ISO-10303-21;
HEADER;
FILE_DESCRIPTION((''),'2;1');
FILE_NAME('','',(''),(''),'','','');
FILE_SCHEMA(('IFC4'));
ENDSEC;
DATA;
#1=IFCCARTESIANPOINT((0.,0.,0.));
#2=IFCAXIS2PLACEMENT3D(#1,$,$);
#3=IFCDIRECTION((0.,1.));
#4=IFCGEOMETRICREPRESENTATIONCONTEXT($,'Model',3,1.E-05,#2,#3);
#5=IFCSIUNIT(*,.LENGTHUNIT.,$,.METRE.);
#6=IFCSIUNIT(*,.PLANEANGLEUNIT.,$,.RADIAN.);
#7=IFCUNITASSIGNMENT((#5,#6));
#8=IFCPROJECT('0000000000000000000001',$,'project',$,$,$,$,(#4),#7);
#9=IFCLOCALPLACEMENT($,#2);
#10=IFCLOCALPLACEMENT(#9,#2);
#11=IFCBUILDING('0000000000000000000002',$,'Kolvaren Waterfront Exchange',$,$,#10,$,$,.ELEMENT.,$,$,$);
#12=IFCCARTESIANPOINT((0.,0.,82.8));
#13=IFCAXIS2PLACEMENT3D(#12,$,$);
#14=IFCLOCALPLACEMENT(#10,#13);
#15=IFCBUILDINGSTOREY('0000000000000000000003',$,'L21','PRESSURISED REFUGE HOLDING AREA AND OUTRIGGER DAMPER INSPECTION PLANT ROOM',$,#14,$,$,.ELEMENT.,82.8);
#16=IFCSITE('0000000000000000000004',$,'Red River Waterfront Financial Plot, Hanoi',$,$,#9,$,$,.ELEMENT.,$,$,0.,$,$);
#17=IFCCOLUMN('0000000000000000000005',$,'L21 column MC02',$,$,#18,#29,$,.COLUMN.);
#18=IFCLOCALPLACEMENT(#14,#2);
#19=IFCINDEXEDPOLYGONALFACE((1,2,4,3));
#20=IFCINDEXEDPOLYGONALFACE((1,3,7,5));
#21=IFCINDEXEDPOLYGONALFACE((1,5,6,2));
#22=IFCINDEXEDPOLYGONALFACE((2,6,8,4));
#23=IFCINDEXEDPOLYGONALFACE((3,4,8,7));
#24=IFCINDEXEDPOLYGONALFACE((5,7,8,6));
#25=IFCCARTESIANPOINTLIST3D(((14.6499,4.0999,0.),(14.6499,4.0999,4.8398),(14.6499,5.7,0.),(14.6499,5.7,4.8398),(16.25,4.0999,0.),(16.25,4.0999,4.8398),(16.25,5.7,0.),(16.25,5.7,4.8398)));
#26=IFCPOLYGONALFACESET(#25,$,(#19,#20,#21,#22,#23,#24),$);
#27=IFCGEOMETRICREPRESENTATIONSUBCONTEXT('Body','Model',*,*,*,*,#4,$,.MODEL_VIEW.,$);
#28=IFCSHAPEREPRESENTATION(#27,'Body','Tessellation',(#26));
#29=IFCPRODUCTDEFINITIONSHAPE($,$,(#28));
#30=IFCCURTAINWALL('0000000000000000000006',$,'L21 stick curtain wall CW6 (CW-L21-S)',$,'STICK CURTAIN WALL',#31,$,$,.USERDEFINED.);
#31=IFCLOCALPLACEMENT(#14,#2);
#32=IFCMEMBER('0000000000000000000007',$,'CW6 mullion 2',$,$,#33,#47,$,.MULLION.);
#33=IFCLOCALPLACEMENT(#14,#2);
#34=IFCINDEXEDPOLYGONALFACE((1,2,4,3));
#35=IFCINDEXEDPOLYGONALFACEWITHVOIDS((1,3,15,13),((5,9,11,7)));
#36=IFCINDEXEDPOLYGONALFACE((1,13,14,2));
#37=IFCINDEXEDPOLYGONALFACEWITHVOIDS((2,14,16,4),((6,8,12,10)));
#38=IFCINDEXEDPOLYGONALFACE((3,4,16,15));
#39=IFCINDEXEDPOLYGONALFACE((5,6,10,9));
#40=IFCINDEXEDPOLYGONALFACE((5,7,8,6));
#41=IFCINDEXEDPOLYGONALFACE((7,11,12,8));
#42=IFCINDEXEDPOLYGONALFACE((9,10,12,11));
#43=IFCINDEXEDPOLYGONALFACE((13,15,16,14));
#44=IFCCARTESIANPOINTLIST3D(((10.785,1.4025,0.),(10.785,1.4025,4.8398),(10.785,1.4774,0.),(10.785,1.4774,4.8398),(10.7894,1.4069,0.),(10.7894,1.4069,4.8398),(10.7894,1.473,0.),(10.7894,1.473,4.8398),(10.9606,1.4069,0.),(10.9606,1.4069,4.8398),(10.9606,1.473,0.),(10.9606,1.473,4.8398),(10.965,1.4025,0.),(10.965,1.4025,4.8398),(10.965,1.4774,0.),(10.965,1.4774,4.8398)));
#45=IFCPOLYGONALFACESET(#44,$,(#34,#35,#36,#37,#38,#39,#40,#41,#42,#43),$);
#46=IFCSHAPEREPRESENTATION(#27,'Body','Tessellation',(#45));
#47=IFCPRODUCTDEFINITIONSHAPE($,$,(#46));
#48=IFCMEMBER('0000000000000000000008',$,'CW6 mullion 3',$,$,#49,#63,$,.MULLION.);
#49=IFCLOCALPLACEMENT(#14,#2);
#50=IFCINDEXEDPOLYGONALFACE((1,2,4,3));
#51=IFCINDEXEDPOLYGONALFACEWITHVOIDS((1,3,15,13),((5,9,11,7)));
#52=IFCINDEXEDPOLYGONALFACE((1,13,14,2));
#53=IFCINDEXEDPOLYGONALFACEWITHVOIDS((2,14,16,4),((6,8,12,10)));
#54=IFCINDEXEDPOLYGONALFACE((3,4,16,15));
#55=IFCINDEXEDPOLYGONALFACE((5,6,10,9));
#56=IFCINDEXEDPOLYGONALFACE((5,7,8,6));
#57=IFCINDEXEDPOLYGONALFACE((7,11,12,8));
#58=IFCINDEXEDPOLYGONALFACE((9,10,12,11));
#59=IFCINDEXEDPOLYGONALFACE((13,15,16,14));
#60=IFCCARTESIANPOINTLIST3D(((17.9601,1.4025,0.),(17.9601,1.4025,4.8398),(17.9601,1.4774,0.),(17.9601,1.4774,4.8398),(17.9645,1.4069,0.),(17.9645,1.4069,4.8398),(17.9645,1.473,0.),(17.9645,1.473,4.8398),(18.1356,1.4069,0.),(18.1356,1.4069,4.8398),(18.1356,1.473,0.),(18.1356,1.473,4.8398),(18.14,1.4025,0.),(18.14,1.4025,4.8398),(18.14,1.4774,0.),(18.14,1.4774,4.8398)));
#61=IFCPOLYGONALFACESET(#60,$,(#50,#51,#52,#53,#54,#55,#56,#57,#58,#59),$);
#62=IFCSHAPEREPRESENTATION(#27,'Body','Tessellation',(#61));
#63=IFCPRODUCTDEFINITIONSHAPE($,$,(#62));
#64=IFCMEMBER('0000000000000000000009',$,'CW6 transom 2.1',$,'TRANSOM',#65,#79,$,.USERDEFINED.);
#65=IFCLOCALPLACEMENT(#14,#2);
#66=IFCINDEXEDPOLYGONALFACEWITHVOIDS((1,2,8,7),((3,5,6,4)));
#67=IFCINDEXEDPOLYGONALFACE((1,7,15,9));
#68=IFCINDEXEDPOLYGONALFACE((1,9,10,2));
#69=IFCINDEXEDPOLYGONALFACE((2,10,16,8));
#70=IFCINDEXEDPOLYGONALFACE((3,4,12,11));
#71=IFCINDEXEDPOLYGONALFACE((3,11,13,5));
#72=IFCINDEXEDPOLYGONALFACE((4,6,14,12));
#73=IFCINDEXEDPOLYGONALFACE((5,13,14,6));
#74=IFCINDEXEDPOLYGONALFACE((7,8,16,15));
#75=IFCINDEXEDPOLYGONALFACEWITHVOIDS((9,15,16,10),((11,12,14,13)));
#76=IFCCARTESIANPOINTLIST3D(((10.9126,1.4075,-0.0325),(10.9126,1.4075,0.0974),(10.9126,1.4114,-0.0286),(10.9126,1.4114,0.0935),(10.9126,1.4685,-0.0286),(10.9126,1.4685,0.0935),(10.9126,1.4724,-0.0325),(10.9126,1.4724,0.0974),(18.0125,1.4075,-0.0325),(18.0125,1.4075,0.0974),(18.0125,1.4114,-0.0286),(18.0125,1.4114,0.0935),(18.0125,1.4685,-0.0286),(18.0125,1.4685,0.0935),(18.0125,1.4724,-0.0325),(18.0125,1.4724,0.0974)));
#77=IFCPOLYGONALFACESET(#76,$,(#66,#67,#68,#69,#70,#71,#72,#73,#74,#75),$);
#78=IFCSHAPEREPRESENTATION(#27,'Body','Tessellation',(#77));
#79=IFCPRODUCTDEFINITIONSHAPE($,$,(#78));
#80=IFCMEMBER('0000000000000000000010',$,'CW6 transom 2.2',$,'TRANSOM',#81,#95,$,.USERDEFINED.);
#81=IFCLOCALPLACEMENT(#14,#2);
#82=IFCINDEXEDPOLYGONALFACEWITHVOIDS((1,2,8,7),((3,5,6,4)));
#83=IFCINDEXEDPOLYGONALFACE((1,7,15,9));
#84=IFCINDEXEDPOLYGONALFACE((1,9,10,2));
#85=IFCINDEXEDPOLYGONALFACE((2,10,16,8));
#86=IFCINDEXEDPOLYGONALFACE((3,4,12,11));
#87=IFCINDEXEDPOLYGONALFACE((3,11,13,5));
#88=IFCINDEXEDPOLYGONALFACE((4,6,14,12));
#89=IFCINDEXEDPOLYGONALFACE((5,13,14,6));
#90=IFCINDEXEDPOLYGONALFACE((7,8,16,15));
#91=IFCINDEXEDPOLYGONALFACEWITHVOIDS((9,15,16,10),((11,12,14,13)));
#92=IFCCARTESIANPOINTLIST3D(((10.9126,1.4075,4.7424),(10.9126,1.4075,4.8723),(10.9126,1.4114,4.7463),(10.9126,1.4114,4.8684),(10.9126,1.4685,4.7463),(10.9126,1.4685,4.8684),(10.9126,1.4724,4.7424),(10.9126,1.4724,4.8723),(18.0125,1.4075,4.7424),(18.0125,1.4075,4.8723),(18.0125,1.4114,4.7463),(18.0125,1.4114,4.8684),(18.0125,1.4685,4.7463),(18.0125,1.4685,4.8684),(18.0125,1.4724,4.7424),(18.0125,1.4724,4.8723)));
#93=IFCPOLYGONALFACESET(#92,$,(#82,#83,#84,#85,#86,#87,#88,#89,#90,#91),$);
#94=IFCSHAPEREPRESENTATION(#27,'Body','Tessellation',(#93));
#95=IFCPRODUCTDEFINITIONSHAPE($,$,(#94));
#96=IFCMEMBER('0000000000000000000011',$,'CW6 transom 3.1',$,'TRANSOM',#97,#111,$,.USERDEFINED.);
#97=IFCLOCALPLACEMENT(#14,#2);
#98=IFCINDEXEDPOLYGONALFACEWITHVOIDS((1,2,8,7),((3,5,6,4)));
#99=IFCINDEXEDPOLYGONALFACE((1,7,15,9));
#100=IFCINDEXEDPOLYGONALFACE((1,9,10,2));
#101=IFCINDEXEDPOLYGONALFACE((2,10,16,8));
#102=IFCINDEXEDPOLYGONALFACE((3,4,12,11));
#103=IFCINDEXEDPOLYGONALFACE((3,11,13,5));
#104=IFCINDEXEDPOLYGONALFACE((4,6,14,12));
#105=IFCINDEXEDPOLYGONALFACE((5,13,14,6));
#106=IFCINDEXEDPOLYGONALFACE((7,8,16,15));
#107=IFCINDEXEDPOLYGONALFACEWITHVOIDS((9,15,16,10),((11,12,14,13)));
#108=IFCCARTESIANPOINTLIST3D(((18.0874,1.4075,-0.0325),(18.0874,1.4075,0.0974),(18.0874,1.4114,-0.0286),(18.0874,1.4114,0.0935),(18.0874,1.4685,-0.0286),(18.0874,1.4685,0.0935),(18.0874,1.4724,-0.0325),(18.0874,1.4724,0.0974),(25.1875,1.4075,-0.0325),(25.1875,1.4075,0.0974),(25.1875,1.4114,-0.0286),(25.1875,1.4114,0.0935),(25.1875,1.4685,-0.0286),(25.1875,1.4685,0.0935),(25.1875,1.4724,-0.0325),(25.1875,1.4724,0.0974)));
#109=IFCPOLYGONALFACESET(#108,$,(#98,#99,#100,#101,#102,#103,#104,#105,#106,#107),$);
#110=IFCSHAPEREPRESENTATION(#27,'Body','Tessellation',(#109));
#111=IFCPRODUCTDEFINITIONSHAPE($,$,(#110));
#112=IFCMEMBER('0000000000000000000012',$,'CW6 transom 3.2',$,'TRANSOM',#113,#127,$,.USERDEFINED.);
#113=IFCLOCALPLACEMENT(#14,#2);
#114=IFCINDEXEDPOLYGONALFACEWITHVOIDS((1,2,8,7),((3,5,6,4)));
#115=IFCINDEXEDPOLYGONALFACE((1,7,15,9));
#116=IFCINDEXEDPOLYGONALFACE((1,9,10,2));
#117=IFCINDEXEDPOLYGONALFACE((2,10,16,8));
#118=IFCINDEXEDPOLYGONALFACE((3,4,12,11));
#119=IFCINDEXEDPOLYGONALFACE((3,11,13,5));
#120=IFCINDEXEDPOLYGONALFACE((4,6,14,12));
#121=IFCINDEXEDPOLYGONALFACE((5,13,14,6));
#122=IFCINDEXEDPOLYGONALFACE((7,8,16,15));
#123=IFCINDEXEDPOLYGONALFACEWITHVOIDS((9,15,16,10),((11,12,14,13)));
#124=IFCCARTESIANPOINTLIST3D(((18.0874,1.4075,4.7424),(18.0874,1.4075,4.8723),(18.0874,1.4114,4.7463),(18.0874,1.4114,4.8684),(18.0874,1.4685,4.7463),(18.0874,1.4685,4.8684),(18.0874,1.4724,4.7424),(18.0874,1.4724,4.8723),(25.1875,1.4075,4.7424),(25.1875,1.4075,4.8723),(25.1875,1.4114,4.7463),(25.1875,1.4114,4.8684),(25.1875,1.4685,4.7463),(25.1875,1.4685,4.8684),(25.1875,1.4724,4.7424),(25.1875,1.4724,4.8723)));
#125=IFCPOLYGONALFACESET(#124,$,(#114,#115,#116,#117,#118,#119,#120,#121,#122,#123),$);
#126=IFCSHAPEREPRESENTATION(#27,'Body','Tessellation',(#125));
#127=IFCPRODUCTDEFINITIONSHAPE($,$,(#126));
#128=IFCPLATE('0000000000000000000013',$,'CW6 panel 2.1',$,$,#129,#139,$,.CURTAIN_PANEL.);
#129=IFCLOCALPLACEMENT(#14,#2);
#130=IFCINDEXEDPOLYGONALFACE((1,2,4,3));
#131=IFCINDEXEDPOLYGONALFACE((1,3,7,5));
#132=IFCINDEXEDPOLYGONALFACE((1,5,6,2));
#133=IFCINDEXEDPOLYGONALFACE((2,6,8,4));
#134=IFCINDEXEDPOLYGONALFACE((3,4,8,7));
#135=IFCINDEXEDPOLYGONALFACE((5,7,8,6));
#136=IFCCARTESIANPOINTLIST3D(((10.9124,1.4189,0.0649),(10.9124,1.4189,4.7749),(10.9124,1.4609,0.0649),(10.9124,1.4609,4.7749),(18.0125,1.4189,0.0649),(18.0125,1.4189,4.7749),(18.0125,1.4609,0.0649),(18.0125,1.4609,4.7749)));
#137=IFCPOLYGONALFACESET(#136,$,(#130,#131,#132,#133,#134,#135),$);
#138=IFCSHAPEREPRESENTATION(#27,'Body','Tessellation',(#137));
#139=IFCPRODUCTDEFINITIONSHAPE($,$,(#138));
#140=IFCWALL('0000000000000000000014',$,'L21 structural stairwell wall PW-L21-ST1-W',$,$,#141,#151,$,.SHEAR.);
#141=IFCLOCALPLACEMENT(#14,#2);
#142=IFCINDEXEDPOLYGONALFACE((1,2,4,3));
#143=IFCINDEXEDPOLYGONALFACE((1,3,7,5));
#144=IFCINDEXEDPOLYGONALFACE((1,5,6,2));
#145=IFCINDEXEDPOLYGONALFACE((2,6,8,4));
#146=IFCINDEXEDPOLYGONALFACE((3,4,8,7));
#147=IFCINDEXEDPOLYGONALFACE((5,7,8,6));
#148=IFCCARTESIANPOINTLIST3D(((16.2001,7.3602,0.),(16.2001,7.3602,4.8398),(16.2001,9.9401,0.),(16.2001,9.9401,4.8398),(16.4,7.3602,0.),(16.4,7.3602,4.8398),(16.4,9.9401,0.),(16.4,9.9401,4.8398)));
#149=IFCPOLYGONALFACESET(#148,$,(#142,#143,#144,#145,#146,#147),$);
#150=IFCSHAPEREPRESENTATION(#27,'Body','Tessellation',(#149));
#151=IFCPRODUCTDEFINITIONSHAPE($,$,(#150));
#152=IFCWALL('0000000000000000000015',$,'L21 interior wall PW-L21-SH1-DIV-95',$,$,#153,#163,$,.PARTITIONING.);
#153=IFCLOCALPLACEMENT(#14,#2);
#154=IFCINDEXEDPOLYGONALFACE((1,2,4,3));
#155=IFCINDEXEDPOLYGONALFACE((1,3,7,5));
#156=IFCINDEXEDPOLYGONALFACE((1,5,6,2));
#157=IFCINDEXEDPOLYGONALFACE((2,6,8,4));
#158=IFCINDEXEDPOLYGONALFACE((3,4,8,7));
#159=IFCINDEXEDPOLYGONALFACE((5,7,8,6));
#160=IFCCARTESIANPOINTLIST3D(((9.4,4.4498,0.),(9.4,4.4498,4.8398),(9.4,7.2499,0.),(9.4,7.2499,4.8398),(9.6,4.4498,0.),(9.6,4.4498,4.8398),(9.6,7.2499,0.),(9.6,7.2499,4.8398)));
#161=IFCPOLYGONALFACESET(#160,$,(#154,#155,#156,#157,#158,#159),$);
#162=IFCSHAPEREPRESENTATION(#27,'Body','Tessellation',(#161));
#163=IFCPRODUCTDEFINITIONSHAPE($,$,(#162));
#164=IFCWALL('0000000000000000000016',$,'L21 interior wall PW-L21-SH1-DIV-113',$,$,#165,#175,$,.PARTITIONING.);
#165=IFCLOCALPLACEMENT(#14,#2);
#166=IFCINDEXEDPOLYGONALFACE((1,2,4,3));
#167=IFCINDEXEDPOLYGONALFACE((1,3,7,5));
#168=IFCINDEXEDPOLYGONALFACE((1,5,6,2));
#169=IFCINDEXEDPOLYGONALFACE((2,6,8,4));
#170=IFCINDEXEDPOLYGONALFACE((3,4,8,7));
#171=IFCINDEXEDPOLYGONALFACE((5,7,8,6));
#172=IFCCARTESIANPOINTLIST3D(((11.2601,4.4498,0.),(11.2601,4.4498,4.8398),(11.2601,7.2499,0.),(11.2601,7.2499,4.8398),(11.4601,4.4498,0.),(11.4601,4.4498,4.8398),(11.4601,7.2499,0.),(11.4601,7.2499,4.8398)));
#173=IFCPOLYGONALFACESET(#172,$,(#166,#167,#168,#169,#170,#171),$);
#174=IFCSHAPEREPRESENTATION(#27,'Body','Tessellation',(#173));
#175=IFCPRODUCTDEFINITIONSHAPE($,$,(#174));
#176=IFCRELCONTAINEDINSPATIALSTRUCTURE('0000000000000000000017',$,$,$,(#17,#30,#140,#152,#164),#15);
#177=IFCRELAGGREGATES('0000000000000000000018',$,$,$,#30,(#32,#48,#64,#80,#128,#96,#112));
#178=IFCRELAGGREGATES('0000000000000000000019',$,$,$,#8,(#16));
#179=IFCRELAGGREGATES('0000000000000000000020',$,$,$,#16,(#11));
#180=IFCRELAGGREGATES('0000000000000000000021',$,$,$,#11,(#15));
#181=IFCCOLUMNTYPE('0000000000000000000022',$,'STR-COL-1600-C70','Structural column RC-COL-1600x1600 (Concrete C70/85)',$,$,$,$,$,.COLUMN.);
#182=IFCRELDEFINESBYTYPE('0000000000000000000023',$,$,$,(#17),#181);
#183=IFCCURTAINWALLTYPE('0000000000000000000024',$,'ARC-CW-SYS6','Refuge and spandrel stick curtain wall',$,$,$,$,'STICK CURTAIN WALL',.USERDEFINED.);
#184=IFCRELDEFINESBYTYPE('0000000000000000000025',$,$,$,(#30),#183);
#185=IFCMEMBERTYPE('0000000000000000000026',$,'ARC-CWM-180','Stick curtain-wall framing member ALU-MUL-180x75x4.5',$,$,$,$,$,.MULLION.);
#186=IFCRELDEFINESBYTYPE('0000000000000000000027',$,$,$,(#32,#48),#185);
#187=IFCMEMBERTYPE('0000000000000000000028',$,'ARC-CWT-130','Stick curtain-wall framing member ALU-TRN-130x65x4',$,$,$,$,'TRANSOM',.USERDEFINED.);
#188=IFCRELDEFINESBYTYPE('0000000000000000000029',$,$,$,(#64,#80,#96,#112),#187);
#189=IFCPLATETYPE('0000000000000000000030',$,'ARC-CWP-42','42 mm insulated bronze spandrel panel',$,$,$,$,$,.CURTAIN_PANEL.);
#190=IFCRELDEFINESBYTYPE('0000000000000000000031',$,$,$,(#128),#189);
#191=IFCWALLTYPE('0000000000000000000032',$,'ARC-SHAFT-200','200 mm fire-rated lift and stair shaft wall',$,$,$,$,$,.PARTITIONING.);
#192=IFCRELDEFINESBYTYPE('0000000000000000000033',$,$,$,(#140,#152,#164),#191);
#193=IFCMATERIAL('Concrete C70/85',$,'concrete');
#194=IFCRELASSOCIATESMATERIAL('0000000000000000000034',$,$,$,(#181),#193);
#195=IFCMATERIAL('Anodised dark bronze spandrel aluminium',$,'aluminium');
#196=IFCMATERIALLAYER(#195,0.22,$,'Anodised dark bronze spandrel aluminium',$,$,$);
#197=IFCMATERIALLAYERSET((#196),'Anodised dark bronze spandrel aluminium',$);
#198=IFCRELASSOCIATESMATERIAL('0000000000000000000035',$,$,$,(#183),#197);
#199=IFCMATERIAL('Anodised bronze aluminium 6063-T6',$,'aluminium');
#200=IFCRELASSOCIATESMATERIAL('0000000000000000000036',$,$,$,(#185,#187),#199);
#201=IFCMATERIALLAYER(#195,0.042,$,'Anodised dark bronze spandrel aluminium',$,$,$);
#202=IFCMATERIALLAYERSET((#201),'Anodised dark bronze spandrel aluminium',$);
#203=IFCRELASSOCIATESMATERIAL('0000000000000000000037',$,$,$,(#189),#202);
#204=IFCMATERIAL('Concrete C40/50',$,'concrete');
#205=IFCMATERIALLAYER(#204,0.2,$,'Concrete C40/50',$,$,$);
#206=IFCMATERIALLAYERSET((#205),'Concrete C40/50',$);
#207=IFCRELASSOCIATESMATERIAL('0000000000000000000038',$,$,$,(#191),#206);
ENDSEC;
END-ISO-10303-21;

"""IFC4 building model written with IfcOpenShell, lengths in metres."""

from ifc_helpers import new_model, si_unit, direction, frame, frame_2d, origin, origin_with_axes, origin_2d, place, context, subcontext, project, spatial, rectangle, hollow_rectangle, extrude, source, transform, mapped, material, layer, layer_set, material_profile, profile_set, type_object, element, aggregate, save


model = new_model("IFC4")

# Units and contexts
model_context = context("Model", 3, precision=1e-05, world=origin(), true_north=direction((0.0, 1.0)))
body_context = subcontext(model_context, "Body", "Model", "MODEL_VIEW")
ifc_project = project(units=[si_unit("LENGTHUNIT", "METRE"), si_unit("PLANEANGLEUNIT", "RADIAN")], contexts=[model_context])

# Site, building, storey
site_placement = place(None, origin())
site = spatial("IfcSite", under=ifc_project, at=site_placement, Name="Red River Waterfront Financial Plot, Hanoi", CompositionType="ELEMENT", RefElevation=0.0)
building_placement = place(site_placement, origin())
building = spatial("IfcBuilding", under=site, at=building_placement, Name="Kolvaren Waterfront Exchange", CompositionType="ELEMENT")
storey_placement = place(building_placement, frame((0.0, 0.0, 82.8)))
storey = spatial("IfcBuildingStorey", under=building, at=storey_placement, Name="L21", Description="PRESSURISED REFUGE HOLDING AREA AND OUTRIGGER DAMPER INSPECTION PLANT ROOM", CompositionType="ELEMENT", Elevation=82.8)

# Column
ifc_material_1 = material(Name="Concrete C70/85", Category="concrete")
ifc_material_profile_1 = material_profile(ifc_material_1, rectangle(XDim=1.6001, YDim=1.6001, at=origin_2d()), Name="RC-COL-1600x1600")
ifc_profile_set_1 = profile_set([ifc_material_profile_1], Name="Concrete C70/85")
column_type = type_object("IfcColumnType", Name="STR-COL-1600-C70", Description="Structural column RC-COL-1600x1600 (Concrete C70/85)", PredefinedType="COLUMN", material=ifc_profile_set_1)
column_placement = place(storey_placement, frame((15.45, 4.8999, 0.0), z_axis=(0.0, 0.0, 1.0), x_axis=(1.0, 0.0, 0.0)))
element("IfcColumn", 1, at=column_placement, inside=storey, type_object=column_type, Name="L21 column MC02", PredefinedType="COLUMN", context=body_context, shape_type="SweptSolid", body=[
    extrude(rectangle(XDim=1.6001, YDim=1.6001, at=origin_2d()), origin(), (0.0, 0.0, 1.0), 4.8398),
])

# Curtain wall, members, plate
ifc_material_2 = material(Name="Anodised dark bronze spandrel aluminium", Category="aluminium")
ifc_layer_1 = layer(ifc_material_2, 0.22, Name="Anodised dark bronze spandrel aluminium")
ifc_layer_set_1 = layer_set([ifc_layer_1], Name="Anodised dark bronze spandrel aluminium")
curtain_wall_type = type_object("IfcCurtainWallType", Name="ARC-CW-SYS6", Description="Refuge and spandrel stick curtain wall", ElementType="STICK CURTAIN WALL", PredefinedType="USERDEFINED", material=ifc_layer_set_1)
curtain_wall_placement = place(storey_placement, origin())
curtain_wall = element("IfcCurtainWall", 2, at=curtain_wall_placement, inside=storey, type_object=curtain_wall_type, Name="L21 stick curtain wall CW6 (CW-L21-S)", ObjectType="STICK CURTAIN WALL", PredefinedType="USERDEFINED")
ifc_material_3 = material(Name="Anodised bronze aluminium 6063-T6", Category="aluminium")
ifc_material_profile_2 = material_profile(ifc_material_3, hollow_rectangle(XDim=0.075, YDim=0.1799, WallThickness=0.0044, at=origin_2d()), Name="ALU-MUL-180x75x4.5")
ifc_profile_set_2 = profile_set([ifc_material_profile_2], Name="Anodised bronze aluminium 6063-T6")
member_type_1 = type_object("IfcMemberType", Name="ARC-CWM-180", Description="Stick curtain-wall framing member ALU-MUL-180x75x4.5", PredefinedType="MULLION", material=ifc_profile_set_2)
shared_shape_1 = source(origin_with_axes(), body_context, "Body", "SweptSolid", [
    extrude(hollow_rectangle(XDim=0.075, YDim=0.1799, WallThickness=0.0044, at=origin_2d()), origin(), (0.0, 0.0, 1.0), 4.8398),
])
member_1_placement = place(storey_placement, frame((10.875, 1.4399, 0.0), z_axis=(0.0, 0.0, 1.0), x_axis=(0.0, 1.0, 0.0)))
member_1 = element("IfcMember", 3, at=member_1_placement, type_object=member_type_1, Name="CW6 mullion 2", PredefinedType="MULLION", context=body_context, shape_type="MappedRepresentation", body=[
    mapped(shared_shape_1, transform((0.0, 0.0, 0.0), x_axis=(1.0, 0.0, 0.0), y_axis=(0.0, 1.0, 0.0), z_axis=(0.0, 0.0, 1.0), scale=1.0)),
])
member_2_placement = place(storey_placement, frame((18.05, 1.4399, 0.0), z_axis=(0.0, 0.0, 1.0), x_axis=(0.0, 1.0, 0.0)))
member_2 = element("IfcMember", 4, at=member_2_placement, type_object=member_type_1, Name="CW6 mullion 3", PredefinedType="MULLION", context=body_context, shape_type="MappedRepresentation", body=[
    mapped(shared_shape_1, transform((0.0, 0.0, 0.0), x_axis=(1.0, 0.0, 0.0), y_axis=(0.0, 1.0, 0.0), z_axis=(0.0, 0.0, 1.0), scale=1.0)),
])
ifc_material_profile_3 = material_profile(ifc_material_3, hollow_rectangle(XDim=0.0649, YDim=0.1299, WallThickness=0.0039, at=origin_2d()), Name="ALU-TRN-130x65x4")
ifc_profile_set_3 = profile_set([ifc_material_profile_3], Name="Anodised bronze aluminium 6063-T6")
member_type_2 = type_object("IfcMemberType", Name="ARC-CWT-130", Description="Stick curtain-wall framing member ALU-TRN-130x65x4", ElementType="TRANSOM", PredefinedType="USERDEFINED", material=ifc_profile_set_3)
shared_shape_2 = source(origin_with_axes(), body_context, "Body", "SweptSolid", [
    extrude(hollow_rectangle(XDim=0.0649, YDim=0.1299, WallThickness=0.0039, at=origin_2d()), origin(), (0.0, 0.0, 1.0), 7.0999),
])
member_3_placement = place(storey_placement, frame((10.9126, 1.4399, 0.0325), z_axis=(1.0, 0.0, 0.0), x_axis=(0.0, 1.0, 0.0)))
member_3 = element("IfcMember", 5, at=member_3_placement, type_object=member_type_2, Name="CW6 transom 2.1", ObjectType="TRANSOM", PredefinedType="USERDEFINED", context=body_context, shape_type="MappedRepresentation", body=[
    mapped(shared_shape_2, transform((0.0, 0.0, 0.0), x_axis=(1.0, 0.0, 0.0), y_axis=(0.0, 1.0, 0.0), z_axis=(0.0, 0.0, 1.0), scale=1.0)),
])
member_4_placement = place(storey_placement, frame((10.9126, 1.4399, 4.8074), z_axis=(1.0, 0.0, 0.0), x_axis=(0.0, 1.0, 0.0)))
member_4 = element("IfcMember", 6, at=member_4_placement, type_object=member_type_2, Name="CW6 transom 2.2", ObjectType="TRANSOM", PredefinedType="USERDEFINED", context=body_context, shape_type="MappedRepresentation", body=[
    mapped(shared_shape_2, transform((0.0, 0.0, 0.0), x_axis=(1.0, 0.0, 0.0), y_axis=(0.0, 1.0, 0.0), z_axis=(0.0, 0.0, 1.0), scale=1.0)),
])
shared_shape_3 = source(origin_with_axes(), body_context, "Body", "SweptSolid", [
    extrude(hollow_rectangle(XDim=0.0649, YDim=0.1299, WallThickness=0.0039, at=origin_2d()), origin(), (0.0, 0.0, 1.0), 7.1001),
])
member_5_placement = place(storey_placement, frame((18.0874, 1.4399, 0.0325), z_axis=(1.0, 0.0, 0.0), x_axis=(0.0, 1.0, 0.0)))
member_5 = element("IfcMember", 7, at=member_5_placement, type_object=member_type_2, Name="CW6 transom 3.1", ObjectType="TRANSOM", PredefinedType="USERDEFINED", context=body_context, shape_type="MappedRepresentation", body=[
    mapped(shared_shape_3, transform((0.0, 0.0, 0.0), x_axis=(1.0, 0.0, 0.0), y_axis=(0.0, 1.0, 0.0), z_axis=(0.0, 0.0, 1.0), scale=1.0)),
])
member_6_placement = place(storey_placement, frame((18.0874, 1.4399, 4.8074), z_axis=(1.0, 0.0, 0.0), x_axis=(0.0, 1.0, 0.0)))
member_6 = element("IfcMember", 8, at=member_6_placement, type_object=member_type_2, Name="CW6 transom 3.2", ObjectType="TRANSOM", PredefinedType="USERDEFINED", context=body_context, shape_type="MappedRepresentation", body=[
    mapped(shared_shape_3, transform((0.0, 0.0, 0.0), x_axis=(1.0, 0.0, 0.0), y_axis=(0.0, 1.0, 0.0), z_axis=(0.0, 0.0, 1.0), scale=1.0)),
])
ifc_layer_2 = layer(ifc_material_2, 0.042, Name="Anodised dark bronze spandrel aluminium")
ifc_layer_set_2 = layer_set([ifc_layer_2], Name="Anodised dark bronze spandrel aluminium")
plate_type = type_object("IfcPlateType", Name="ARC-CWP-42", Description="42 mm insulated bronze spandrel panel", PredefinedType="CURTAIN_PANEL", material=ifc_layer_set_2)
shared_shape_4 = source(origin_with_axes(), body_context, "Body", "SweptSolid", [
    extrude(rectangle(XDim=7.1001, YDim=0.042, at=origin_2d()), origin(), (0.0, 0.0, 1.0), 4.71),
])
plate_placement = place(storey_placement, frame((14.4624, 1.4399, 0.0649), z_axis=(0.0, 0.0, 1.0), x_axis=(1.0, 0.0, 0.0)))
plate = element("IfcPlate", 9, at=plate_placement, type_object=plate_type, Name="CW6 panel 2.1", PredefinedType="CURTAIN_PANEL", context=body_context, shape_type="MappedRepresentation", body=[
    mapped(shared_shape_4, transform((0.0, 0.0, 0.0), x_axis=(1.0, 0.0, 0.0), y_axis=(0.0, 1.0, 0.0), z_axis=(0.0, 0.0, 1.0), scale=1.0)),
])
aggregate(curtain_wall, [member_1, member_2, member_3, member_4, plate, member_5, member_6])

# Walls
ifc_material_4 = material(Name="Concrete C40/50", Category="concrete")
ifc_layer_3 = layer(ifc_material_4, 0.2, Name="Concrete C40/50")
ifc_layer_set_3 = layer_set([ifc_layer_3], Name="Concrete C40/50")
wall_type_1 = type_object("IfcWallType", Name="ARC-SHAFT-200", Description="200 mm fire-rated lift and stair shaft wall", PredefinedType="PARTITIONING", material=ifc_layer_set_3)
wall_1_placement = place(storey_placement, frame((16.3, 7.3601, 0.0), z_axis=(0.0, 0.0, 1.0), x_axis=(0.0, 1.0, 0.0)))
element("IfcWall", 10, at=wall_1_placement, inside=storey, type_object=wall_type_1, Name="L21 structural stairwell wall PW-L21-ST1-W", PredefinedType="SHEAR", context=body_context, shape_type="SweptSolid", body=[
    extrude(rectangle(XDim=2.5798, YDim=0.2, at=frame_2d((1.29, 0.0))), origin(), (0.0, 0.0, 1.0), 4.8398),
])
for number, where, z_axis, x_axis, name in (
    (11, (9.5, 4.45, 0.0), (0.0, 0.0, 1.0), (0.0, 1.0, 0.0), "L21 interior wall PW-L21-SH1-DIV-95"),
    (12, (11.3601, 4.45, 0.0), (0.0, 0.0, 1.0), (0.0, 1.0, 0.0), "L21 interior wall PW-L21-SH1-DIV-113"),
):
    element("IfcWall", number, at=place(storey_placement, frame(where, z_axis=z_axis, x_axis=x_axis)), inside=storey, type_object=wall_type_1, Name=name, PredefinedType="PARTITIONING", context=body_context, shape_type="SweptSolid", body=[
        extrude(rectangle(XDim=2.8, YDim=0.2, at=frame_2d((1.3999, 0.0))), origin(), (0.0, 0.0, 1.0), 4.8398),
    ])

save(model, "model.ifc")
